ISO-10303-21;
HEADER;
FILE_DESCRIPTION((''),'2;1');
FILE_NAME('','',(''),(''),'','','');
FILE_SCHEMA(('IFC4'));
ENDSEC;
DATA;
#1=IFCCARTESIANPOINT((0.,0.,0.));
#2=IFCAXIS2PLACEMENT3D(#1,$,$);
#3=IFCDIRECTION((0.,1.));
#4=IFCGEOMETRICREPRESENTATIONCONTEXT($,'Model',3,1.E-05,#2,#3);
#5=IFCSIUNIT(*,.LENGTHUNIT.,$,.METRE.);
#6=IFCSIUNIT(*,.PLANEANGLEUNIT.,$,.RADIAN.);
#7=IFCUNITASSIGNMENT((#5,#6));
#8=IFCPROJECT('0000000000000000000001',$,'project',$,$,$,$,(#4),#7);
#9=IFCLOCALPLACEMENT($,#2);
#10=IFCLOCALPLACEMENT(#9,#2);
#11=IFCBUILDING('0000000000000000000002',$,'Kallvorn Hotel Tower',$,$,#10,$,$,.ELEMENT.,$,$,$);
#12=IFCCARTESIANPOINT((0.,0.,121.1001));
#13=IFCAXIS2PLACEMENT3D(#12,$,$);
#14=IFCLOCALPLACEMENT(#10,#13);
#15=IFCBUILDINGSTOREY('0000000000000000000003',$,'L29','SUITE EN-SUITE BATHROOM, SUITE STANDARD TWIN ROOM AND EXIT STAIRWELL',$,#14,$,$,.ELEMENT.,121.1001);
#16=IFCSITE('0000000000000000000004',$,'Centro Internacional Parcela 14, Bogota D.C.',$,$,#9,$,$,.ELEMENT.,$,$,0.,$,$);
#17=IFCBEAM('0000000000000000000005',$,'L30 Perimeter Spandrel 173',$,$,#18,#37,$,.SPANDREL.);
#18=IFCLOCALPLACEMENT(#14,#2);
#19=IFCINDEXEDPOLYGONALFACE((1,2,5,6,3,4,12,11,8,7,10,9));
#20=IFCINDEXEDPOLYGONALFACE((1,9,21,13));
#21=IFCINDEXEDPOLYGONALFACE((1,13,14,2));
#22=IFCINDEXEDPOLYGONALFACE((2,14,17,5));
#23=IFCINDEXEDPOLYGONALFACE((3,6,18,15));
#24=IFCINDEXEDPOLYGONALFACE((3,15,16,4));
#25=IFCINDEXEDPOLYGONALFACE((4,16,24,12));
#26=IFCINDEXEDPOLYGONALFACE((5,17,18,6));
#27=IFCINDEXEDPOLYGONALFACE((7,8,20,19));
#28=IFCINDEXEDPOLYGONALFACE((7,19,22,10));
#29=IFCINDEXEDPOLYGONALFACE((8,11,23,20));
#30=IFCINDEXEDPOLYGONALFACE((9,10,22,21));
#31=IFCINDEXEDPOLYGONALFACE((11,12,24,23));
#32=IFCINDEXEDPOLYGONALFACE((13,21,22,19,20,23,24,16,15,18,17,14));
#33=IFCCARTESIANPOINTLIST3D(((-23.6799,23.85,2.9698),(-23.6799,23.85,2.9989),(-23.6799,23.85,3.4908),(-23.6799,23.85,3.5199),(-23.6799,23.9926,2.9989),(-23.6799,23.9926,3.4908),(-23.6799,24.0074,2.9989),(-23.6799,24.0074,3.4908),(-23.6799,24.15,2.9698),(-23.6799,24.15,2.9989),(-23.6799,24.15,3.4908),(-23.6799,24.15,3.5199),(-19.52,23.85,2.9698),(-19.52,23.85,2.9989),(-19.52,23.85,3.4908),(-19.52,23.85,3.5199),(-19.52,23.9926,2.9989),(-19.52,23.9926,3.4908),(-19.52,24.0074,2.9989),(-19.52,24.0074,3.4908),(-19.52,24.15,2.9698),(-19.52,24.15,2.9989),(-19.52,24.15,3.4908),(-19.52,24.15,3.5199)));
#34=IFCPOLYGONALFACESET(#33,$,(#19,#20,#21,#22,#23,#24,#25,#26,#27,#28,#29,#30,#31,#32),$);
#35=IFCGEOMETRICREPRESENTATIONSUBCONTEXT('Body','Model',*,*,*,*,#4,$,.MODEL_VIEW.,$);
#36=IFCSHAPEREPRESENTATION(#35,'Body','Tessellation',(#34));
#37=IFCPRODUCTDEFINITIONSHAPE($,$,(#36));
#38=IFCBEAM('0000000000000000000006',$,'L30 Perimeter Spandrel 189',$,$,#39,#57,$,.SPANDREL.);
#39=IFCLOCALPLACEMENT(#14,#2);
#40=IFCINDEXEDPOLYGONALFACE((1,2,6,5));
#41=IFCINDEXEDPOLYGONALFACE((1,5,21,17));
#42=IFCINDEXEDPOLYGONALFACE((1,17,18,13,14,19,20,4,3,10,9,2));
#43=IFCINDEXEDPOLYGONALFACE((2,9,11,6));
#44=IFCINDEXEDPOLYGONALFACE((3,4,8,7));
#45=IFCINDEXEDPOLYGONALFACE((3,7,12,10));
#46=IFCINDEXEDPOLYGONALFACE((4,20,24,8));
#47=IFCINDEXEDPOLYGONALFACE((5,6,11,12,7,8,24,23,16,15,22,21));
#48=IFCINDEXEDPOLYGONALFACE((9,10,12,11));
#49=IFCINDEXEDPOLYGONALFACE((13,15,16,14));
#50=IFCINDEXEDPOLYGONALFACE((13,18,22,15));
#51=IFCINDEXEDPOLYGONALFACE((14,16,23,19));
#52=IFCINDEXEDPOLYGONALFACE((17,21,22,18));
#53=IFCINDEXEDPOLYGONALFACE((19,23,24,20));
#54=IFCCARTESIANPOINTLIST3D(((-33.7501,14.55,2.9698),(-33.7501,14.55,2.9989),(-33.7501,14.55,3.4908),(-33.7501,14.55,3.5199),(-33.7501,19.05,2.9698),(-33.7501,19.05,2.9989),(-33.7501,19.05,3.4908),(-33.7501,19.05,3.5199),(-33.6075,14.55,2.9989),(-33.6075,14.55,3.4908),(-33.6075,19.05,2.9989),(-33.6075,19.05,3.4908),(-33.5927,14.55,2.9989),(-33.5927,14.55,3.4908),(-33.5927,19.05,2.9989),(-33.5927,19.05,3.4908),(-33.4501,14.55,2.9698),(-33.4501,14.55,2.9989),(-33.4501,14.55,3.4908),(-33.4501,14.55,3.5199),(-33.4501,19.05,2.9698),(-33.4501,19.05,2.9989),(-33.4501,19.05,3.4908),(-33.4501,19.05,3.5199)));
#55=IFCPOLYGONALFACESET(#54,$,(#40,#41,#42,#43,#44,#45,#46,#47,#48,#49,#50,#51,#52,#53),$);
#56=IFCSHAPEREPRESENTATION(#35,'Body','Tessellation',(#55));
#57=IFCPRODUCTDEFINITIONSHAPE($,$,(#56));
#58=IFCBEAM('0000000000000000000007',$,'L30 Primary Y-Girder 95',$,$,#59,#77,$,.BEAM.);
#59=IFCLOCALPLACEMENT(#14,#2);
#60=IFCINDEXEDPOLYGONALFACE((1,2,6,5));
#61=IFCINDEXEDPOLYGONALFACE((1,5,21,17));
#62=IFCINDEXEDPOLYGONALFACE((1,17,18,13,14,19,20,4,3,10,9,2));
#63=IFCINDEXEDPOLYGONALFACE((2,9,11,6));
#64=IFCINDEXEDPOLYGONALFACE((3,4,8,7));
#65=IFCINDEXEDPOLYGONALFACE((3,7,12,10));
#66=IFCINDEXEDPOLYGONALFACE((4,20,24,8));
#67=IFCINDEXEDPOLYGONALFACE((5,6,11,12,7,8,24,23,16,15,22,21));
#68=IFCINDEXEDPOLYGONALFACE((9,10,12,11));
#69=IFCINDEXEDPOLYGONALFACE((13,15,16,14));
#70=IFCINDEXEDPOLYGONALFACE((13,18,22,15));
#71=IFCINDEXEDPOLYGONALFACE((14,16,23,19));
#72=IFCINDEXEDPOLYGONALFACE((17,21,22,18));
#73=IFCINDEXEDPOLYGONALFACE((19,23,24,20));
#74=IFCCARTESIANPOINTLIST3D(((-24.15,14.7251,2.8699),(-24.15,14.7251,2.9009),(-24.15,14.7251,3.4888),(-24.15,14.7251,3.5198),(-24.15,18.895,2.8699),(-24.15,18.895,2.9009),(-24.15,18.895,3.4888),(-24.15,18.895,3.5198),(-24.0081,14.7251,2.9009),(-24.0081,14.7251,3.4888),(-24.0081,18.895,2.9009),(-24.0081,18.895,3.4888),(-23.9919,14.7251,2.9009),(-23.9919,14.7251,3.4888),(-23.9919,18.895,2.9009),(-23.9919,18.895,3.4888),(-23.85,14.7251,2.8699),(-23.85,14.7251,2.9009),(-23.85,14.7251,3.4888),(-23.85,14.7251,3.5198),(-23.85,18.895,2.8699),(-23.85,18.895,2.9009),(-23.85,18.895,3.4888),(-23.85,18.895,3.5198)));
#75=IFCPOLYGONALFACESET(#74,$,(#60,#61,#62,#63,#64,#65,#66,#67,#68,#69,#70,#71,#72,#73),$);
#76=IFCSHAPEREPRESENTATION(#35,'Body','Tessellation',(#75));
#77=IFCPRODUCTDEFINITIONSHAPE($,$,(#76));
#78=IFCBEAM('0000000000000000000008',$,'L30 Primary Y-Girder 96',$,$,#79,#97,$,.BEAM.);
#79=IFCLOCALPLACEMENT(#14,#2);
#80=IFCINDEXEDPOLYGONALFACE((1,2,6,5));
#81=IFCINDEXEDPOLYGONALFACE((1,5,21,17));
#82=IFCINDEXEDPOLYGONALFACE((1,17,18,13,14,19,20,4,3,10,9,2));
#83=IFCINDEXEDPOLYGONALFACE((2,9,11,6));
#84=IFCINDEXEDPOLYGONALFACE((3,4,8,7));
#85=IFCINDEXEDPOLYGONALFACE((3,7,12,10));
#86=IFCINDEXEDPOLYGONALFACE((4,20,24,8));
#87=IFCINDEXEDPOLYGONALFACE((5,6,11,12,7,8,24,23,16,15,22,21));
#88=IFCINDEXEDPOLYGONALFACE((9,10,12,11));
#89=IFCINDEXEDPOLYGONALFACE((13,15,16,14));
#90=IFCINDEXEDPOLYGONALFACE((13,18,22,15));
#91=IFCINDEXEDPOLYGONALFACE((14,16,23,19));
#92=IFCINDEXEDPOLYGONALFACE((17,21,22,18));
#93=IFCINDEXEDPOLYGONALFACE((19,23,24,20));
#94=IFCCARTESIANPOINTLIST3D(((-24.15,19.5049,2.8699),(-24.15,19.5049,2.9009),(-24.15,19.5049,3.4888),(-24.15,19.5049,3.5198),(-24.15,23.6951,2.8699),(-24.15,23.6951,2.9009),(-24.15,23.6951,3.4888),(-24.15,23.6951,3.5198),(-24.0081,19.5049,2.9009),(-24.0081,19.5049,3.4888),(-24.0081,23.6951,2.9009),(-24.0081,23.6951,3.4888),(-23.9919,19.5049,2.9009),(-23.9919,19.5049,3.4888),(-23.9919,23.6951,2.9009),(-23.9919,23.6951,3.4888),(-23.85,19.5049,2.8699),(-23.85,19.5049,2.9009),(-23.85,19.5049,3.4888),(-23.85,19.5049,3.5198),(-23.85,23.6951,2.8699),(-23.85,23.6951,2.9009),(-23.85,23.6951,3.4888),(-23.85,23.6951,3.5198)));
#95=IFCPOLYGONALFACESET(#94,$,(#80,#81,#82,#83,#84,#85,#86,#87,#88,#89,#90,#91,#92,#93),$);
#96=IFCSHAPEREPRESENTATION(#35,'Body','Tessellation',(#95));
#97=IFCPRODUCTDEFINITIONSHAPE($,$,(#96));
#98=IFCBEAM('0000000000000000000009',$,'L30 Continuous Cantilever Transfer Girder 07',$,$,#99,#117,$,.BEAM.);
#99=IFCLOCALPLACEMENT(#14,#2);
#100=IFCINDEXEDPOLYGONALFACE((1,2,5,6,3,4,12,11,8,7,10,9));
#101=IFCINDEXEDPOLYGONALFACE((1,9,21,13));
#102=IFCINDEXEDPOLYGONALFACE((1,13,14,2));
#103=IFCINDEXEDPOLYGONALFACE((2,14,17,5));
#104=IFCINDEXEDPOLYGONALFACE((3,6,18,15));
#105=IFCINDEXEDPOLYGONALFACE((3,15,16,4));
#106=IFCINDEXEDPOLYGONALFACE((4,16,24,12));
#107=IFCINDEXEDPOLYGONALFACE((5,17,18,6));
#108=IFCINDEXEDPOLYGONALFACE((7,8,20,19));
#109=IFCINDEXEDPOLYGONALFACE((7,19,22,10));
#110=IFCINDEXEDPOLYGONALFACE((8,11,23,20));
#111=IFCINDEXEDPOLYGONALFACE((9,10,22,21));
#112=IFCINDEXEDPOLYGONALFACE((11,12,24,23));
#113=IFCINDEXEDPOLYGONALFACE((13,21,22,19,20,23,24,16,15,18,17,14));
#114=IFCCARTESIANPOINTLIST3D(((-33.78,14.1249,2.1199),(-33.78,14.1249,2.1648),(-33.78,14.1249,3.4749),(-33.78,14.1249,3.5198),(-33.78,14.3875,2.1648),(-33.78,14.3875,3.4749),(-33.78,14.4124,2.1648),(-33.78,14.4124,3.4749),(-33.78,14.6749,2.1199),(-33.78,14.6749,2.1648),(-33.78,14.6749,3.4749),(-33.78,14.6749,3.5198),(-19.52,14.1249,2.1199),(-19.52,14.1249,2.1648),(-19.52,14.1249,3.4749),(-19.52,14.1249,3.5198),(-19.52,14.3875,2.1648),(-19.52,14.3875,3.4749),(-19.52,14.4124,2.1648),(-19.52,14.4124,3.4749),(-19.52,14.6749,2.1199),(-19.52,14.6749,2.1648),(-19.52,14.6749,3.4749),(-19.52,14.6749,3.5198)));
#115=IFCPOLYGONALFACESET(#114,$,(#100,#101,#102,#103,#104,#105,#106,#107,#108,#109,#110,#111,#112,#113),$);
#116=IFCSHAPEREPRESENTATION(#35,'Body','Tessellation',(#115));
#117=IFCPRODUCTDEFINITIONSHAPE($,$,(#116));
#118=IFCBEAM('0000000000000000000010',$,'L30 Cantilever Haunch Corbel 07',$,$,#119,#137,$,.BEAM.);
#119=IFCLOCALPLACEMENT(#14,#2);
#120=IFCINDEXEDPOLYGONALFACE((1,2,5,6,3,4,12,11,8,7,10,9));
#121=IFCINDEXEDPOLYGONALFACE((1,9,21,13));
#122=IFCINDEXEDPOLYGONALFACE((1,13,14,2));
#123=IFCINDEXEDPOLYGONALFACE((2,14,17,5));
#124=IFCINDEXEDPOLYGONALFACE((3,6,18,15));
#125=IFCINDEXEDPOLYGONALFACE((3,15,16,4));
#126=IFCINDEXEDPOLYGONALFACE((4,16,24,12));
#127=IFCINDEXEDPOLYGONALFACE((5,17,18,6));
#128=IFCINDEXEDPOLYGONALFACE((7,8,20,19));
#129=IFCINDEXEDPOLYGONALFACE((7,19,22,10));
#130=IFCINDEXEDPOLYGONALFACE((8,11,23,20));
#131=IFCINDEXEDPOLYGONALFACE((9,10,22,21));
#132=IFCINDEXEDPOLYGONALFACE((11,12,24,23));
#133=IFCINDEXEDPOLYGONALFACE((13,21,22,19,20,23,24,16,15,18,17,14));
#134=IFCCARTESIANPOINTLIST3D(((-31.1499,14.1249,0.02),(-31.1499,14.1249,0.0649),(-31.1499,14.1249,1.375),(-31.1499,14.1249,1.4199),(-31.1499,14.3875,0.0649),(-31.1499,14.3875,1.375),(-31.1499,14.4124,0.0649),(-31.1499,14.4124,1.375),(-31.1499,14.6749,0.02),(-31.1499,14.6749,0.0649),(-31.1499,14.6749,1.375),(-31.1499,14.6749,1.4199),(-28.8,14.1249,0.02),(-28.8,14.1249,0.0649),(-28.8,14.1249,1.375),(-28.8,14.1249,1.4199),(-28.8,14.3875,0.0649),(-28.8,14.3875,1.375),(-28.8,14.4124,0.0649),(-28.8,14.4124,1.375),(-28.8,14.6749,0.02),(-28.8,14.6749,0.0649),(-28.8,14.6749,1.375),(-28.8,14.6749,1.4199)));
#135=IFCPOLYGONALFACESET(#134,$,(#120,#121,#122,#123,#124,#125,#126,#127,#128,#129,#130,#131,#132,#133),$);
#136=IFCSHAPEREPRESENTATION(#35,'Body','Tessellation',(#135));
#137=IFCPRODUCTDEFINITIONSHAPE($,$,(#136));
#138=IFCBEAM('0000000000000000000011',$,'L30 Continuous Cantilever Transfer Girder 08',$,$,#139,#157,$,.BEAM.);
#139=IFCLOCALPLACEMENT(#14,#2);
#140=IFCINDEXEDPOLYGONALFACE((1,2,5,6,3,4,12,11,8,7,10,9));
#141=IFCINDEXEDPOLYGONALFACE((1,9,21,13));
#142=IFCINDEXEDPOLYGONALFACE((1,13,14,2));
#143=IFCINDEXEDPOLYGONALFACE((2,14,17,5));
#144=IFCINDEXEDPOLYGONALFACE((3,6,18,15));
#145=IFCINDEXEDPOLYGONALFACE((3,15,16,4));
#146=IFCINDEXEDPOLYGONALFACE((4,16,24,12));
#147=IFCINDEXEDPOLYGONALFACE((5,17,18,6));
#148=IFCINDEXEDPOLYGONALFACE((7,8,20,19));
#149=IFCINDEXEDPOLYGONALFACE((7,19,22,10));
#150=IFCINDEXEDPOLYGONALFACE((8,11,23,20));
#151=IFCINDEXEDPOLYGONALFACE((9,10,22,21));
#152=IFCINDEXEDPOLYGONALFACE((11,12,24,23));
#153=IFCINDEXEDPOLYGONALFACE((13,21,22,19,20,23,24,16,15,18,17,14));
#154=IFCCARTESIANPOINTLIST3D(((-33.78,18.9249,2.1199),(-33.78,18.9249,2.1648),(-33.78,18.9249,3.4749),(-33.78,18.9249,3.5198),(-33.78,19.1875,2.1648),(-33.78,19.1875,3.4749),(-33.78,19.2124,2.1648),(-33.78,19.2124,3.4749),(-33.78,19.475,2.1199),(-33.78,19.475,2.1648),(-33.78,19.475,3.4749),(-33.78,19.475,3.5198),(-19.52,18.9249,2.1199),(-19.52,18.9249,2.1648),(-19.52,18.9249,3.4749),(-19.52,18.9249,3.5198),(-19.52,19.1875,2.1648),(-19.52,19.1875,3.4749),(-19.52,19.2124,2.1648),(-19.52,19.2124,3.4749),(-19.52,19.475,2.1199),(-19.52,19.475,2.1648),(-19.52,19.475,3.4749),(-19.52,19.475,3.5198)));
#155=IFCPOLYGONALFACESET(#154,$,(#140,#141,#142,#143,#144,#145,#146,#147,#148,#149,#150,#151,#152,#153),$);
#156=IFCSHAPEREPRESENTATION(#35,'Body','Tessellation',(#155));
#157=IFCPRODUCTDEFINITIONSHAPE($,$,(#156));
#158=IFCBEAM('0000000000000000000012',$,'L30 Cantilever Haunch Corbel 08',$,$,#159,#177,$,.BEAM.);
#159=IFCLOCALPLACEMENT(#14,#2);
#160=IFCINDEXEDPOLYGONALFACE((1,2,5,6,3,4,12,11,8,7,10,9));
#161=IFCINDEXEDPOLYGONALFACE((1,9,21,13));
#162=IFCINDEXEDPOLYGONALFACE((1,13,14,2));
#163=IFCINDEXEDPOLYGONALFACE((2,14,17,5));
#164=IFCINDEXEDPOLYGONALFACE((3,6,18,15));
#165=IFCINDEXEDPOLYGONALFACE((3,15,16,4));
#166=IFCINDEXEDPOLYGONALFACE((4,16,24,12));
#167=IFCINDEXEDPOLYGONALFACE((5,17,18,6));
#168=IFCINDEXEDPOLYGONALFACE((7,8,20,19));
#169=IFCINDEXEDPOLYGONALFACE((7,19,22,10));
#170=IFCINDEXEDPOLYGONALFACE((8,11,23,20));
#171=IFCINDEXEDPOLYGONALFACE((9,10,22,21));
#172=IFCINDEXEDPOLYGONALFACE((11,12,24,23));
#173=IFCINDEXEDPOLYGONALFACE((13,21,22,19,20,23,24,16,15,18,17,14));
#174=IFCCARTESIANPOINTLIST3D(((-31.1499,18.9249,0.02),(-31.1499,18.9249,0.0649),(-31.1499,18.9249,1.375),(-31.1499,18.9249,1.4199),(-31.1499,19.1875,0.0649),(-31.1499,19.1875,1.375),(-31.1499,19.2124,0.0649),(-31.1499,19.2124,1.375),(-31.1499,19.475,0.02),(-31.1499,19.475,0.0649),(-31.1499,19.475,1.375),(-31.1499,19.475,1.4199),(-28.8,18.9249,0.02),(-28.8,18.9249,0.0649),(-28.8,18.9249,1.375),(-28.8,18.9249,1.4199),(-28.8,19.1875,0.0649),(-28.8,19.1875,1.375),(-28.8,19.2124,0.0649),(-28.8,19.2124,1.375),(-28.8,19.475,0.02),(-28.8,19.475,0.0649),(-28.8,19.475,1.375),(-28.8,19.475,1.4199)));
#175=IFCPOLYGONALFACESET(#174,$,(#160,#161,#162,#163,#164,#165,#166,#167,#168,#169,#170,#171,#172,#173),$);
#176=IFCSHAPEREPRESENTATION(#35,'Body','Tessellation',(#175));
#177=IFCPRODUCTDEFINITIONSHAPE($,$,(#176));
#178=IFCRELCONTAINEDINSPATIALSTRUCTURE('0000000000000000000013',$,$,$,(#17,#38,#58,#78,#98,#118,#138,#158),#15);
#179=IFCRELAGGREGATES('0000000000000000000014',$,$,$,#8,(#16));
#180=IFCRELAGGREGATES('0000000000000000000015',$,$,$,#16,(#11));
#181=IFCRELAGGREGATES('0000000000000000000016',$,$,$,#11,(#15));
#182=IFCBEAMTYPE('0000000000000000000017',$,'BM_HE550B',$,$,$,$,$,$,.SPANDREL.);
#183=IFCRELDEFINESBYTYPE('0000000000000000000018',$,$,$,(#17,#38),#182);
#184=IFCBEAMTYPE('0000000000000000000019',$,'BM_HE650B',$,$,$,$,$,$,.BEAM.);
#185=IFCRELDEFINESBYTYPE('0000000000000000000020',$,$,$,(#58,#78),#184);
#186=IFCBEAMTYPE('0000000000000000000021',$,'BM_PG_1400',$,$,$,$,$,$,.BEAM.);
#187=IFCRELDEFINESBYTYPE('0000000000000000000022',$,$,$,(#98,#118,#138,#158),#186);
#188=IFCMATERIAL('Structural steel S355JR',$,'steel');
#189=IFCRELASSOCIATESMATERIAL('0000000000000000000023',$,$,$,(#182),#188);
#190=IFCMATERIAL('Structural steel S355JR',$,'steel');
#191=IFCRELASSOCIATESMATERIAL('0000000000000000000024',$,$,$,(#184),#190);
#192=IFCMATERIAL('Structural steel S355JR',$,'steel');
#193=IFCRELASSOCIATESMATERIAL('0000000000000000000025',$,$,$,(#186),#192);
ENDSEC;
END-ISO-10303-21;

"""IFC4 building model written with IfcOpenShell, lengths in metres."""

from ifc_helpers import new_model, si_unit, direction, frame, origin, origin_2d, place, context, subcontext, project, spatial, i_section, extrude, material, material_profile, profile_set, type_object, element, save


model = new_model("IFC4")

# Units and contexts
model_context = context("Model", 3, precision=1e-05, world=origin(), true_north=direction((0.0, 1.0)))
body_context = subcontext(model_context, "Body", "Model", "MODEL_VIEW")
ifc_project = project(units=[si_unit("LENGTHUNIT", "METRE"), si_unit("PLANEANGLEUNIT", "RADIAN")], contexts=[model_context])

# Site, building, storey
site_placement = place(None, origin())
site = spatial("IfcSite", under=ifc_project, at=site_placement, Name="Centro Internacional Parcela 14, Bogota D.C.", CompositionType="ELEMENT", RefElevation=0.0)
building_placement = place(site_placement, origin())
building = spatial("IfcBuilding", under=site, at=building_placement, Name="Kallvorn Hotel Tower", CompositionType="ELEMENT")
storey_placement = place(building_placement, frame((0.0, 0.0, 121.1001)))
storey = spatial("IfcBuildingStorey", under=building, at=storey_placement, Name="L29", Description="SUITE EN-SUITE BATHROOM, SUITE STANDARD TWIN ROOM AND EXIT STAIRWELL", CompositionType="ELEMENT", Elevation=121.1001)

# Beams
ifc_material_1 = material(Name="Structural steel S355JR", Category="steel")
ifc_material_profile_1 = material_profile(ifc_material_1, i_section(OverallWidth=0.3, OverallDepth=0.55, WebThickness=0.0149, FlangeThickness=0.0291, at=origin_2d()), Name="HE 550 B")
ifc_profile_set_1 = profile_set([ifc_material_profile_1], Name="Structural steel S355JR")
beam_type_1 = type_object("IfcBeamType", Name="BM_HE550B", PredefinedType="SPANDREL", material=ifc_profile_set_1)
beam_1_placement = place(storey_placement, frame((-23.6799, 24.0, 3.2449), z_axis=(1.0, 0.0, 0.0), x_axis=(0.0, 1.0, 0.0)))
element("IfcBeam", 1, at=beam_1_placement, inside=storey, type_object=beam_type_1, Name="L30 Perimeter Spandrel 173", PredefinedType="SPANDREL", context=body_context, shape_type="SweptSolid", body=[
    extrude(i_section(OverallWidth=0.3, OverallDepth=0.55, WebThickness=0.0149, FlangeThickness=0.0291, at=origin_2d()), origin(), (0.0, 0.0, 1.0), 4.1599),
])
beam_2_placement = place(storey_placement, frame((-33.6001, 14.55, 3.2449), z_axis=(0.0, 1.0, 0.0), x_axis=(-1.0, 0.0, 0.0)))
element("IfcBeam", 2, at=beam_2_placement, inside=storey, type_object=beam_type_1, Name="L30 Perimeter Spandrel 189", PredefinedType="SPANDREL", context=body_context, shape_type="SweptSolid", body=[
    extrude(i_section(OverallWidth=0.3, OverallDepth=0.55, WebThickness=0.0149, FlangeThickness=0.0291, at=origin_2d()), origin(), (0.0, 0.0, 1.0), 4.5),
])
ifc_material_2 = material(Name="Structural steel S355JR", Category="steel")
ifc_material_profile_2 = material_profile(ifc_material_2, i_section(OverallWidth=0.3, OverallDepth=0.6499, WebThickness=0.0161, FlangeThickness=0.031, at=origin_2d()), Name="HE 650 B")
ifc_profile_set_2 = profile_set([ifc_material_profile_2], Name="Structural steel S355JR")
beam_type_2 = type_object("IfcBeamType", Name="BM_HE650B", PredefinedType="BEAM", material=ifc_profile_set_2)
beam_3_placement = place(storey_placement, frame((-24.0, 14.7251, 3.1948), z_axis=(0.0, 1.0, 0.0), x_axis=(-1.0, 0.0, 0.0)))
element("IfcBeam", 3, at=beam_3_placement, inside=storey, type_object=beam_type_2, Name="L30 Primary Y-Girder 95", PredefinedType="BEAM", context=body_context, shape_type="SweptSolid", body=[
    extrude(i_section(OverallWidth=0.3, OverallDepth=0.6499, WebThickness=0.0161, FlangeThickness=0.031, at=origin_2d()), origin(), (0.0, 0.0, 1.0), 4.1699),
])
beam_4_placement = place(storey_placement, frame((-24.0, 19.5049, 3.1948), z_axis=(0.0, 1.0, 0.0), x_axis=(-1.0, 0.0, 0.0)))
element("IfcBeam", 4, at=beam_4_placement, inside=storey, type_object=beam_type_2, Name="L30 Primary Y-Girder 96", PredefinedType="BEAM", context=body_context, shape_type="SweptSolid", body=[
    extrude(i_section(OverallWidth=0.3, OverallDepth=0.6499, WebThickness=0.0161, FlangeThickness=0.031, at=origin_2d()), origin(), (0.0, 0.0, 1.0), 4.1902),
])
ifc_material_3 = material(Name="Structural steel S355JR", Category="steel")
ifc_material_profile_3 = material_profile(ifc_material_3, i_section(OverallWidth=0.55, OverallDepth=1.3999, WebThickness=0.0249, FlangeThickness=0.0449, at=origin_2d()), Name="PG 1400x550x25x45")
ifc_profile_set_3 = profile_set([ifc_material_profile_3], Name="Structural steel S355JR")
beam_type_3 = type_object("IfcBeamType", Name="BM_PG_1400", PredefinedType="BEAM", material=ifc_profile_set_3)
beam_5_placement = place(storey_placement, frame((-19.52, 14.3999, 2.8198), z_axis=(-1.0, 0.0, 0.0), x_axis=(0.0, -1.0, 0.0)))
element("IfcBeam", 5, at=beam_5_placement, inside=storey, type_object=beam_type_3, Name="L30 Continuous Cantilever Transfer Girder 07", PredefinedType="BEAM", context=body_context, shape_type="SweptSolid", body=[
    extrude(i_section(OverallWidth=0.55, OverallDepth=1.3999, WebThickness=0.0249, FlangeThickness=0.0449, at=origin_2d()), origin(), (0.0, 0.0, 1.0), 14.26),
])
beam_6_placement = place(storey_placement, frame((-28.8, 14.3999, 0.72), z_axis=(-1.0, 0.0, 0.0), x_axis=(0.0, -1.0, 0.0)))
element("IfcBeam", 6, at=beam_6_placement, inside=storey, type_object=beam_type_3, Name="L30 Cantilever Haunch Corbel 07", PredefinedType="BEAM", context=body_context, shape_type="SweptSolid", body=[
    extrude(i_section(OverallWidth=0.55, OverallDepth=1.3999, WebThickness=0.0249, FlangeThickness=0.0449, at=origin_2d()), origin(), (0.0, 0.0, 1.0), 2.3499),
])
beam_7_placement = place(storey_placement, frame((-19.52, 19.2, 2.8198), z_axis=(-1.0, 0.0, 0.0), x_axis=(0.0, -1.0, 0.0)))
element("IfcBeam", 7, at=beam_7_placement, inside=storey, type_object=beam_type_3, Name="L30 Continuous Cantilever Transfer Girder 08", PredefinedType="BEAM", context=body_context, shape_type="SweptSolid", body=[
    extrude(i_section(OverallWidth=0.55, OverallDepth=1.3999, WebThickness=0.0249, FlangeThickness=0.0449, at=origin_2d()), origin(), (0.0, 0.0, 1.0), 14.26),
])
beam_8_placement = place(storey_placement, frame((-28.8, 19.2, 0.72), z_axis=(-1.0, 0.0, 0.0), x_axis=(0.0, -1.0, 0.0)))
element("IfcBeam", 8, at=beam_8_placement, inside=storey, type_object=beam_type_3, Name="L30 Cantilever Haunch Corbel 08", PredefinedType="BEAM", context=body_context, shape_type="SweptSolid", body=[
    extrude(i_section(OverallWidth=0.55, OverallDepth=1.3999, WebThickness=0.0249, FlangeThickness=0.0449, at=origin_2d()), origin(), (0.0, 0.0, 1.0), 2.3499),
])

save(model, "model.ifc")
